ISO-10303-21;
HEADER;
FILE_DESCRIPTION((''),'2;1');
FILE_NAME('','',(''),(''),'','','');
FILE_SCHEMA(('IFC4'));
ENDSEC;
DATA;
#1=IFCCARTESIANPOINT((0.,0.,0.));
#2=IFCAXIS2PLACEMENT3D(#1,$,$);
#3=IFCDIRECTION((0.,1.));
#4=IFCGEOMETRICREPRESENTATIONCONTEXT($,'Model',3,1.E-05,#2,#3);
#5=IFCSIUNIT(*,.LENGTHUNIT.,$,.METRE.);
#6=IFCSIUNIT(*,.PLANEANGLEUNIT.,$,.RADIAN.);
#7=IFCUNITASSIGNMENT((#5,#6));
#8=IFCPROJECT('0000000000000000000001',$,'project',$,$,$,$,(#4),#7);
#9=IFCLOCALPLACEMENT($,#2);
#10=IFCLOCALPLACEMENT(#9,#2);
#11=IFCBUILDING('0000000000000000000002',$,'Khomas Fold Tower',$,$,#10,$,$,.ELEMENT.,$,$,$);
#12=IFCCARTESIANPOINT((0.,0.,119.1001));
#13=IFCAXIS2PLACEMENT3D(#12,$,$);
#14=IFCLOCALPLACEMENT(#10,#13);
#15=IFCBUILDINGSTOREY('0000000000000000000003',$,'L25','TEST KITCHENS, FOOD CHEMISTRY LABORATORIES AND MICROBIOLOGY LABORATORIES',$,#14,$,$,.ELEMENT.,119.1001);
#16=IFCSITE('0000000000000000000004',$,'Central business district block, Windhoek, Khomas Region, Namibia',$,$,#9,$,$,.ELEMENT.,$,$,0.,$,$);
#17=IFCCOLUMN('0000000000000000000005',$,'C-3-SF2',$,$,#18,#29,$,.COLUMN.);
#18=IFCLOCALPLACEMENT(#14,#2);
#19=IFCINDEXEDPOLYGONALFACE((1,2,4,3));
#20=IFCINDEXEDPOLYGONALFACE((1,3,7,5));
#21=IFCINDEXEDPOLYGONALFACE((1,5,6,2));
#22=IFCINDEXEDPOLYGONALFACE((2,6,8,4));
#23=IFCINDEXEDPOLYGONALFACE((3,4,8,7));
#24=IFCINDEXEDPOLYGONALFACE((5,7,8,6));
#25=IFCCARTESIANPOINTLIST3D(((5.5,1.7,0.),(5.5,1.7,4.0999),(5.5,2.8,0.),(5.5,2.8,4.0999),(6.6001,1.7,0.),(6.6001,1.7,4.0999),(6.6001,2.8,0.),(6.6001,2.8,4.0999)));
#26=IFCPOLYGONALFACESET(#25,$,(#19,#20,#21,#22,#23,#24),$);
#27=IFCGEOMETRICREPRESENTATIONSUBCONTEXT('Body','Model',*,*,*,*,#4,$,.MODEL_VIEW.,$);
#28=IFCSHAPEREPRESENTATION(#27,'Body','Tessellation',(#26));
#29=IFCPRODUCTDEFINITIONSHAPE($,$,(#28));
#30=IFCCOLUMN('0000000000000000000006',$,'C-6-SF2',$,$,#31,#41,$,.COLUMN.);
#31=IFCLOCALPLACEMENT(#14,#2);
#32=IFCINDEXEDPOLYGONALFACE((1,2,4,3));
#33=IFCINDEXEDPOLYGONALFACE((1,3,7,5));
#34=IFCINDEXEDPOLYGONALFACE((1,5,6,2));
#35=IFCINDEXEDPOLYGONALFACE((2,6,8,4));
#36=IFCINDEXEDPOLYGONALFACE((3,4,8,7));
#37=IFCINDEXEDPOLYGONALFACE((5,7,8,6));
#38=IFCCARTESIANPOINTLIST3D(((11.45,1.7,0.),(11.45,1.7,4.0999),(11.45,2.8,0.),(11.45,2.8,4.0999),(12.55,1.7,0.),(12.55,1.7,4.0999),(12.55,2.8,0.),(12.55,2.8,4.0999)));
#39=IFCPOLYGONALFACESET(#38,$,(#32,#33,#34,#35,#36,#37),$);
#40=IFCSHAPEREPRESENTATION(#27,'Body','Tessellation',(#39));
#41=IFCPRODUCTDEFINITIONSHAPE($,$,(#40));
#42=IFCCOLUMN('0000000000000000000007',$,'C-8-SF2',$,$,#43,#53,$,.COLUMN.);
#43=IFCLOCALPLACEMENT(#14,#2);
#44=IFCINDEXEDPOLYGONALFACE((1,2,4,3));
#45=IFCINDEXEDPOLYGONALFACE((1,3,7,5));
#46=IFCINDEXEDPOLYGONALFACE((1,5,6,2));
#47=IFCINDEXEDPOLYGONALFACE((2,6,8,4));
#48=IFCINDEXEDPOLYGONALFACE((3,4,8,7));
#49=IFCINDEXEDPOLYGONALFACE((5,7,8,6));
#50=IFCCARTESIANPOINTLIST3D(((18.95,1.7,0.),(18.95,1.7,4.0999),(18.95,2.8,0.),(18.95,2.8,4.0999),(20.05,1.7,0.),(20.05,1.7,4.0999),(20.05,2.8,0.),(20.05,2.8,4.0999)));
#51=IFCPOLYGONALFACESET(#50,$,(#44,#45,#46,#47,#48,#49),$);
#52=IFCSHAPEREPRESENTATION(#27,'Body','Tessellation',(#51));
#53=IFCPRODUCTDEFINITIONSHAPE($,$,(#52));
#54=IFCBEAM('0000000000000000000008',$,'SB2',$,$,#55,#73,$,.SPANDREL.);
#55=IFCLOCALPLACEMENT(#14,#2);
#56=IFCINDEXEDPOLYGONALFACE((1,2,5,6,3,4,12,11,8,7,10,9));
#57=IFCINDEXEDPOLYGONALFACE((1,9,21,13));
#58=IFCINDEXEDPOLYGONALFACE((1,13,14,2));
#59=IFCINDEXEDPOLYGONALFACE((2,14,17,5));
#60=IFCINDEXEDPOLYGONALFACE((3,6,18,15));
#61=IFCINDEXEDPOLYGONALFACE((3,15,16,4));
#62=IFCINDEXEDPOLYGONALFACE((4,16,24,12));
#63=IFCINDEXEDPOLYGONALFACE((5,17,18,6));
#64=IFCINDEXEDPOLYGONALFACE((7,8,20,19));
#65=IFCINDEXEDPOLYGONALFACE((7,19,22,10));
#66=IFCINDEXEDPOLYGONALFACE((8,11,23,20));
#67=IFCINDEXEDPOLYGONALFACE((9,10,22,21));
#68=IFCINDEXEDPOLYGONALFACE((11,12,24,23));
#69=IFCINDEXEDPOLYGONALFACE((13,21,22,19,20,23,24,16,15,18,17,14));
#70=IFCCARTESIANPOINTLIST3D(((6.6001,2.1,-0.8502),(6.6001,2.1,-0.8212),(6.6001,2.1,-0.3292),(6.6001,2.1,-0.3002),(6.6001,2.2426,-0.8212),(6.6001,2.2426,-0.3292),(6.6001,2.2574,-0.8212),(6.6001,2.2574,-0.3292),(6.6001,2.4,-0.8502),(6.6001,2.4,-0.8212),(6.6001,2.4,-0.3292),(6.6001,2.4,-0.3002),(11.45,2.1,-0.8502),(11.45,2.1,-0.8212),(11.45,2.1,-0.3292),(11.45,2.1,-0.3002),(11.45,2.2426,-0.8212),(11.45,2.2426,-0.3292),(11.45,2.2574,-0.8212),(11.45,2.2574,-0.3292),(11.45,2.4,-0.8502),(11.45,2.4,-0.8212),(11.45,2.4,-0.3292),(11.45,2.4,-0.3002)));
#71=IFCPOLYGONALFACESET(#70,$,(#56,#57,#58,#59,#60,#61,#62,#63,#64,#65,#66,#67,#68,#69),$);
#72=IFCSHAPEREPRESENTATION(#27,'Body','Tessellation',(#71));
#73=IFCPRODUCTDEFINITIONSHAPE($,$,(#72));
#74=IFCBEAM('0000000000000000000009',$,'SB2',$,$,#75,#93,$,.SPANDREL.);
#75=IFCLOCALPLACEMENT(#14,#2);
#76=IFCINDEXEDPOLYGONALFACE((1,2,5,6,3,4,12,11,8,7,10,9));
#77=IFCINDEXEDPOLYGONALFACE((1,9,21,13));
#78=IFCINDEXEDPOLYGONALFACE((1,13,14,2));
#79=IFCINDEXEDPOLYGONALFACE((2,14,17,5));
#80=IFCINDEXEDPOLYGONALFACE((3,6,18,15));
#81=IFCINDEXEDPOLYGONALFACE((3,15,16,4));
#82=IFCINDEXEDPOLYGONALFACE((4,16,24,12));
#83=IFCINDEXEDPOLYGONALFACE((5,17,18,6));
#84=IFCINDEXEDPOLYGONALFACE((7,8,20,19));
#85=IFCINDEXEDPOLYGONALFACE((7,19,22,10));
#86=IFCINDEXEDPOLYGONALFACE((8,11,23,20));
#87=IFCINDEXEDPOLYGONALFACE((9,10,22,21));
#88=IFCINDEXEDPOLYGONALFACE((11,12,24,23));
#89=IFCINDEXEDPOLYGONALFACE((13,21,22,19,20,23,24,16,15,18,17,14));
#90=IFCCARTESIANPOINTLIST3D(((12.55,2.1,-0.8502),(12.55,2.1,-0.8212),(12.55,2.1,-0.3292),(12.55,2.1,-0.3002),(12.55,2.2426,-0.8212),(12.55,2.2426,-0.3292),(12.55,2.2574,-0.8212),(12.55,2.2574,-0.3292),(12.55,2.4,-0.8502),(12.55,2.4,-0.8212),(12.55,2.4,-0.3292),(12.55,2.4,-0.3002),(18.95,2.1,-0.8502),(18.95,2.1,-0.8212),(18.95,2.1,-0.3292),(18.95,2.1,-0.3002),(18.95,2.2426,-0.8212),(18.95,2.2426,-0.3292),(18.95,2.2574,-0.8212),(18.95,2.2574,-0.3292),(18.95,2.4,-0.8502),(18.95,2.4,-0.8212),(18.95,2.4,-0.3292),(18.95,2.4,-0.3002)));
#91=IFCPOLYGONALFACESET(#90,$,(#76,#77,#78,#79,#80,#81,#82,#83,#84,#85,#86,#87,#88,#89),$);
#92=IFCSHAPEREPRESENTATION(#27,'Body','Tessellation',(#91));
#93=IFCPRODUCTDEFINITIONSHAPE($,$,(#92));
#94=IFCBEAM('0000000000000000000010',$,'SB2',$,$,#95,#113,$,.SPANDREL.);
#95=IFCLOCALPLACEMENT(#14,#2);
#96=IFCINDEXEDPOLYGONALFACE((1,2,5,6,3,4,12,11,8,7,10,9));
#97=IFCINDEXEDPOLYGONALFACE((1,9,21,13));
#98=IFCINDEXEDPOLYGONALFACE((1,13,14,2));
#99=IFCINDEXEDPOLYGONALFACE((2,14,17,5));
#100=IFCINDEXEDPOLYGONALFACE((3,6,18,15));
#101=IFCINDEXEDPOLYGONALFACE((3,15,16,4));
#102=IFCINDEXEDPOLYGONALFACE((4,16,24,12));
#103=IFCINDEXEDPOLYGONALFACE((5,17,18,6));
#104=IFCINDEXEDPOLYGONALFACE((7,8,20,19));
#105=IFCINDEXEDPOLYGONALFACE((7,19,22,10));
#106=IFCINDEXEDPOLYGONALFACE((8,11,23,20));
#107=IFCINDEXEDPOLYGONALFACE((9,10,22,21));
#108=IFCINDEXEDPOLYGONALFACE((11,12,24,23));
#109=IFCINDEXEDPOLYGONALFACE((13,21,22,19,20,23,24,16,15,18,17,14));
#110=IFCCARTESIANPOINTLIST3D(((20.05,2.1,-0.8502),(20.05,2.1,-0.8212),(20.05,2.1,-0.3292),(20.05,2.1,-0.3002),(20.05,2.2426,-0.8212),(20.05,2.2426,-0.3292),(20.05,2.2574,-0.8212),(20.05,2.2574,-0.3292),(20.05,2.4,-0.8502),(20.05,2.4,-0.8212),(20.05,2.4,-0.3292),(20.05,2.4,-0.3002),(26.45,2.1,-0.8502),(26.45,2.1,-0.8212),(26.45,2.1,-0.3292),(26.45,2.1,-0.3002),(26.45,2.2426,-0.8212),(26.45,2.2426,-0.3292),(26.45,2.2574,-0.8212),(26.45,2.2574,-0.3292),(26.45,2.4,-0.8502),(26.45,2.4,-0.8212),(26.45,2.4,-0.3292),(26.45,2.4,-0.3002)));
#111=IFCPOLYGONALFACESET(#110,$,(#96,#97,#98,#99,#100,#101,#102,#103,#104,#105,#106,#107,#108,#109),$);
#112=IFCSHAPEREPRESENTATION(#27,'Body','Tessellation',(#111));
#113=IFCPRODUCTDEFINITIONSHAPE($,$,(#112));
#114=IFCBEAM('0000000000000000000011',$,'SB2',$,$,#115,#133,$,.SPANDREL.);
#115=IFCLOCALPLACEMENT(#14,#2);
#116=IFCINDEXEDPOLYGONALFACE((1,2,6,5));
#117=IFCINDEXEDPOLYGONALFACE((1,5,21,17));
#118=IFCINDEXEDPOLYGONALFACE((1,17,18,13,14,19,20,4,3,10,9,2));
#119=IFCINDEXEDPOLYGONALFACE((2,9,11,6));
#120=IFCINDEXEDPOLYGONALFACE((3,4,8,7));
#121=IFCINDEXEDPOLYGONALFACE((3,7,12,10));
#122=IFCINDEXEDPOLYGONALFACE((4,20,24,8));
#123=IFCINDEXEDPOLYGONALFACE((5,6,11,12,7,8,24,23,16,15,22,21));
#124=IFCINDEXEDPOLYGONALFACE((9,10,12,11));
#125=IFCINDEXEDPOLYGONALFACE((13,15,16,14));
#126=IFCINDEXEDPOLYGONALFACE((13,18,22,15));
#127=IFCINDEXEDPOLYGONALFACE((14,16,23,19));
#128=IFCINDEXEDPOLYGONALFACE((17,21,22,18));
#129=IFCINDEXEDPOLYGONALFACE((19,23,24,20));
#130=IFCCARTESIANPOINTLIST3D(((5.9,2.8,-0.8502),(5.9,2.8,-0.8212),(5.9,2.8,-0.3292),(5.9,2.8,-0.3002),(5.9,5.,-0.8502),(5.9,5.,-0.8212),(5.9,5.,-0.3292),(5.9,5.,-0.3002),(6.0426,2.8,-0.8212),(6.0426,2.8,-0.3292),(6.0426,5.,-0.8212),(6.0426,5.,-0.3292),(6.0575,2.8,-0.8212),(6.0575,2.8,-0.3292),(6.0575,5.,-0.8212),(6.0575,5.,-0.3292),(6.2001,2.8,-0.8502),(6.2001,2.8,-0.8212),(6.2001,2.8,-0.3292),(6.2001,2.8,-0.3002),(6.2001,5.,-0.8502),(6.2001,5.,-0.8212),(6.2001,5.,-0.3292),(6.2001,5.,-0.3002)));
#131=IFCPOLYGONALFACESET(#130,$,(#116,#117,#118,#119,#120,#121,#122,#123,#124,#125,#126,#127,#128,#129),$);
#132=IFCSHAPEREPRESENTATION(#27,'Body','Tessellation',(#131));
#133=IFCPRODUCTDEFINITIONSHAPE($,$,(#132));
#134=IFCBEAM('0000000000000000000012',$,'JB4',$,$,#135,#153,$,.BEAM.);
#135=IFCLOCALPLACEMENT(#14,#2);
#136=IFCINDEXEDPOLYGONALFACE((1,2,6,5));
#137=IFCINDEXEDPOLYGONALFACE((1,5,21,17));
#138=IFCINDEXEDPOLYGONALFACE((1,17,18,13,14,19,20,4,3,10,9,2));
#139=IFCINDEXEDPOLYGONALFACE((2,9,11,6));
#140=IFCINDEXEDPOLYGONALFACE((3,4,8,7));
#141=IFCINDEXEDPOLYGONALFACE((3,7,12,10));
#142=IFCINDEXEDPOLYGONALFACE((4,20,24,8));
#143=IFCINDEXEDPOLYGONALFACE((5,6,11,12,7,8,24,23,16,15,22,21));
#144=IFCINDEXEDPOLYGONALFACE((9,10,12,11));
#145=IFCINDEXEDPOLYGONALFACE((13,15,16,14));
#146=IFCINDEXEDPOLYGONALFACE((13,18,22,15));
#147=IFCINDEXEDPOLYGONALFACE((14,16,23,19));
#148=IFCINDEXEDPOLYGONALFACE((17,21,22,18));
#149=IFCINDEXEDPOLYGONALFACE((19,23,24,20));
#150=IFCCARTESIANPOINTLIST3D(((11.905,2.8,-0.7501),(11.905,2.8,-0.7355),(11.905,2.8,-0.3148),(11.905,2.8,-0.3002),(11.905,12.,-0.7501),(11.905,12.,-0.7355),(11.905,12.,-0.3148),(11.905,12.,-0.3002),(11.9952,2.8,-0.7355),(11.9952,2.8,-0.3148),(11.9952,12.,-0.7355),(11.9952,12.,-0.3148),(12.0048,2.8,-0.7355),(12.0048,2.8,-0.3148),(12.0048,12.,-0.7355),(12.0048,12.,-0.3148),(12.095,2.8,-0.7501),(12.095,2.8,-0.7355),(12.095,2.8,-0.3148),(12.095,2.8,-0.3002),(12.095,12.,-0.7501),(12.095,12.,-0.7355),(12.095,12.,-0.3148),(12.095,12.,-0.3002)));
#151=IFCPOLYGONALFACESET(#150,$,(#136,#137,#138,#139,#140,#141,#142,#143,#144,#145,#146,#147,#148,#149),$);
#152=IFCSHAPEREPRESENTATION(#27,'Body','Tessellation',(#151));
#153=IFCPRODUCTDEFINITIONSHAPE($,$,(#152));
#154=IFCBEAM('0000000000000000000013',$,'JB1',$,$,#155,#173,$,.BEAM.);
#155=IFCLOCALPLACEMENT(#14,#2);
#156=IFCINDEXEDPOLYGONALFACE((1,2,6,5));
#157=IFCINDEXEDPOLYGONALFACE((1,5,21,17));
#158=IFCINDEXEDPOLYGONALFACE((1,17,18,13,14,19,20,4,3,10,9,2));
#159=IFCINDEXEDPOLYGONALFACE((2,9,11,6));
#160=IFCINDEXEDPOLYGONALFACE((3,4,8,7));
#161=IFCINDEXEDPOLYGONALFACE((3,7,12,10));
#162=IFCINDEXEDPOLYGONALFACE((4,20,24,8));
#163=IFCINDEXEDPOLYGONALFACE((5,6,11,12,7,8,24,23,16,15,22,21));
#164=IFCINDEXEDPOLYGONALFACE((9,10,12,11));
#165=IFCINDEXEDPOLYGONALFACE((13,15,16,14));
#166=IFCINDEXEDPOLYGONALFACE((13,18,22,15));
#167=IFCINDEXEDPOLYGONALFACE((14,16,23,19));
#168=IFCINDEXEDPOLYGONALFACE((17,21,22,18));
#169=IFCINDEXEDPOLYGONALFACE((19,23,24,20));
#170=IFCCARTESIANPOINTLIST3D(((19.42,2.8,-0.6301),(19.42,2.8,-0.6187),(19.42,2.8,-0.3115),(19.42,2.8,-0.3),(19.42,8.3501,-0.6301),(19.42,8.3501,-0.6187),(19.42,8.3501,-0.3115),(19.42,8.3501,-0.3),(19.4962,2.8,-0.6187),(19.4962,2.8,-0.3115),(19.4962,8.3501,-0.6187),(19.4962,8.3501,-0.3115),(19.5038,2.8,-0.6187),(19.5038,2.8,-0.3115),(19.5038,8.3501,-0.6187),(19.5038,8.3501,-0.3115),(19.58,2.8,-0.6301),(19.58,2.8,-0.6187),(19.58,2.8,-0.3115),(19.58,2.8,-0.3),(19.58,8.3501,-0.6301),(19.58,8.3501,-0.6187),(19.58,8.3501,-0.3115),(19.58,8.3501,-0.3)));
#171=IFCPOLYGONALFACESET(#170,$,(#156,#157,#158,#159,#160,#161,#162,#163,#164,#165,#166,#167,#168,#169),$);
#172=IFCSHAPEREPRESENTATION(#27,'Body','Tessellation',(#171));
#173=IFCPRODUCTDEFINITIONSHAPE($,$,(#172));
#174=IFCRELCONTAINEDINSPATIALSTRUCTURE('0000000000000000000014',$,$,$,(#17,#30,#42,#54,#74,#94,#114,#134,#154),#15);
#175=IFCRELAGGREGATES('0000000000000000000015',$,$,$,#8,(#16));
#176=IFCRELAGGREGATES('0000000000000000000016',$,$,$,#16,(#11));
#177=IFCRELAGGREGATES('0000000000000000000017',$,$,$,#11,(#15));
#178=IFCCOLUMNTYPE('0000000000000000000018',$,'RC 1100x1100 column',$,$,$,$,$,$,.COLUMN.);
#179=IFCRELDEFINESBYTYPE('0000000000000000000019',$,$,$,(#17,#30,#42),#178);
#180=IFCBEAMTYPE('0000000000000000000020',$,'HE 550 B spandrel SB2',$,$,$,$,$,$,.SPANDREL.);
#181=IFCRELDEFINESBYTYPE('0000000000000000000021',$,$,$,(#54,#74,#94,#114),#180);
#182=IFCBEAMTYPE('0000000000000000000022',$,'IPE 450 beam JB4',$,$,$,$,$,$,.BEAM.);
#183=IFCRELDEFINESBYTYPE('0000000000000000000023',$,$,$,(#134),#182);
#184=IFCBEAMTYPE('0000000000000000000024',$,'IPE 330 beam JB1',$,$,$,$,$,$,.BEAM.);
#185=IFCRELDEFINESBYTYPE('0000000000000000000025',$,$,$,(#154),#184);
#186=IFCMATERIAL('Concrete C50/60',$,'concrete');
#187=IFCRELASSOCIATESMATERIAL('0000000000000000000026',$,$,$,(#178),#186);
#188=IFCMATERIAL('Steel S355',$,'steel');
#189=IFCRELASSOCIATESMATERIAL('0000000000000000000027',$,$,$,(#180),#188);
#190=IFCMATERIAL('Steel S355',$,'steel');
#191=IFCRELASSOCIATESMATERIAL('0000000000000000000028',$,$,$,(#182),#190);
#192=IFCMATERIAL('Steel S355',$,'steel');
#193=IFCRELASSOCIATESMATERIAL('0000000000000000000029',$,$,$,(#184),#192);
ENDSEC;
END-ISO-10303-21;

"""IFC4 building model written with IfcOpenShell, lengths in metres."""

from ifc_helpers import new_model, si_unit, direction, frame, origin, origin_2d, place, context, subcontext, project, spatial, rectangle, i_section, extrude, source, transform, mapped, material, material_profile, profile_set, type_object, element, save


model = new_model("IFC4")

# Units and contexts
model_context = context("Model", 3, precision=1e-05, world=origin(), true_north=direction((0.0, 1.0)))
body_context = subcontext(model_context, "Body", "Model", "MODEL_VIEW")
ifc_project = project(units=[si_unit("LENGTHUNIT", "METRE"), si_unit("PLANEANGLEUNIT", "RADIAN")], contexts=[model_context])

# Site, building, storey
site_placement = place(None, origin())
site = spatial("IfcSite", under=ifc_project, at=site_placement, Name="Central business district block, Windhoek, Khomas Region, Namibia", CompositionType="ELEMENT", RefElevation=0.0)
building_placement = place(site_placement, origin())
building = spatial("IfcBuilding", under=site, at=building_placement, Name="Khomas Fold Tower", CompositionType="ELEMENT")
storey_placement = place(building_placement, frame((0.0, 0.0, 119.1001)))
storey = spatial("IfcBuildingStorey", under=building, at=storey_placement, Name="L25", Description="TEST KITCHENS, FOOD CHEMISTRY LABORATORIES AND MICROBIOLOGY LABORATORIES", CompositionType="ELEMENT", Elevation=119.1001)

# Columns
ifc_material_1 = material(Name="Concrete C50/60", Category="concrete")
ifc_material_profile_1 = material_profile(ifc_material_1, rectangle(XDim=1.1001, YDim=1.1001, at=origin_2d()), Name="RC 1100x1100")
ifc_profile_set_1 = profile_set([ifc_material_profile_1], Name="Concrete C50/60")
column_type = type_object("IfcColumnType", Name="RC 1100x1100 column", PredefinedType="COLUMN", material=ifc_profile_set_1)
shared_shape_1 = source(origin(), body_context, "Body", "SweptSolid", [
    extrude(rectangle(XDim=1.1001, YDim=1.1001, at=origin_2d()), origin(), (0.0, 0.0, 1.0), 4.0999),
])
for number, where, z_axis, x_axis, name in (
    (1, (6.05, 2.25, 0.0), (0.0, 0.0, 1.0), (1.0, 0.0, 0.0), "C-3-SF2"),
    (2, (12.0, 2.25, 0.0), (0.0, 0.0, 1.0), (1.0, 0.0, 0.0), "C-6-SF2"),
    (3, (19.5, 2.25, 0.0), (0.0, 0.0, 1.0), (1.0, 0.0, 0.0), "C-8-SF2"),
):
    element("IfcColumn", number, at=place(storey_placement, frame(where, z_axis=z_axis, x_axis=x_axis)), inside=storey, type_object=column_type, Name=name, PredefinedType="COLUMN", context=body_context, shape_type="MappedRepresentation", body=[
        mapped(shared_shape_1, transform((0.0, 0.0, 0.0))),
    ])

# Beams
ifc_material_2 = material(Name="Steel S355", Category="steel")
ifc_material_profile_2 = material_profile(ifc_material_2, i_section(OverallWidth=0.3, OverallDepth=0.55, WebThickness=0.0149, FlangeThickness=0.0291, at=origin_2d()), Name="HE 550 B")
ifc_profile_set_2 = profile_set([ifc_material_profile_2], Name="Steel S355")
beam_type_1 = type_object("IfcBeamType", Name="HE 550 B spandrel SB2", PredefinedType="SPANDREL", material=ifc_profile_set_2)
shared_shape_2 = source(origin(), body_context, "Body", "SweptSolid", [
    extrude(i_section(OverallWidth=0.3, OverallDepth=0.55, WebThickness=0.0149, FlangeThickness=0.0291, at=origin_2d()), origin(), (0.0, 0.0, 1.0), 4.8499),
])
beam_1_placement = place(storey_placement, frame((6.6001, 2.25, -0.5752), z_axis=(1.0, 0.0, 0.0), x_axis=(0.0, 1.0, 0.0)))
element("IfcBeam", 4, at=beam_1_placement, inside=storey, type_object=beam_type_1, Name="SB2", PredefinedType="SPANDREL", context=body_context, shape_type="MappedRepresentation", body=[
    mapped(shared_shape_2, transform((0.0, 0.0, 0.0))),
])
shared_shape_3 = source(origin(), body_context, "Body", "SweptSolid", [
    extrude(i_section(OverallWidth=0.3, OverallDepth=0.55, WebThickness=0.0149, FlangeThickness=0.0291, at=origin_2d()), origin(), (0.0, 0.0, 1.0), 6.3999),
])
for number, where, z_axis, x_axis, name in (
    (5, (12.55, 2.25, -0.5752), (1.0, 0.0, 0.0), (0.0, 1.0, 0.0), "SB2"),
    (6, (20.05, 2.25, -0.5752), (1.0, 0.0, 0.0), (0.0, 1.0, 0.0), "SB2"),
):
    element("IfcBeam", number, at=place(storey_placement, frame(where, z_axis=z_axis, x_axis=x_axis)), inside=storey, type_object=beam_type_1, Name=name, PredefinedType="SPANDREL", context=body_context, shape_type="MappedRepresentation", body=[
        mapped(shared_shape_3, transform((0.0, 0.0, 0.0))),
    ])
shared_shape_4 = source(origin(), body_context, "Body", "SweptSolid", [
    extrude(i_section(OverallWidth=0.3, OverallDepth=0.55, WebThickness=0.0149, FlangeThickness=0.0291, at=origin_2d()), origin(), (0.0, 0.0, 1.0), 2.2),
])
beam_2_placement = place(storey_placement, frame((6.05, 2.8, -0.5752), z_axis=(0.0, 1.0, 0.0), x_axis=(-1.0, 0.0, 0.0)))
element("IfcBeam", 7, at=beam_2_placement, inside=storey, type_object=beam_type_1, Name="SB2", PredefinedType="SPANDREL", context=body_context, shape_type="MappedRepresentation", body=[
    mapped(shared_shape_4, transform((0.0, 0.0, 0.0))),
])
ifc_material_3 = material(Name="Steel S355", Category="steel")
ifc_material_profile_3 = material_profile(ifc_material_3, i_section(OverallWidth=0.1899, OverallDepth=0.45, WebThickness=0.0095, FlangeThickness=0.0146, at=origin_2d()), Name="IPE 450")
ifc_profile_set_3 = profile_set([ifc_material_profile_3], Name="Steel S355")
beam_type_2 = type_object("IfcBeamType", Name="IPE 450 beam JB4", PredefinedType="BEAM", material=ifc_profile_set_3)
shared_shape_5 = source(origin(), body_context, "Body", "SweptSolid", [
    extrude(i_section(OverallWidth=0.1899, OverallDepth=0.45, WebThickness=0.0095, FlangeThickness=0.0146, at=origin_2d()), origin(), (0.0, 0.0, 1.0), 9.2),
])
beam_3_placement = place(storey_placement, frame((12.0, 2.8, -0.5251), z_axis=(0.0, 1.0, 0.0), x_axis=(-1.0, 0.0, 0.0)))
element("IfcBeam", 8, at=beam_3_placement, inside=storey, type_object=beam_type_2, Name="JB4", PredefinedType="BEAM", context=body_context, shape_type="MappedRepresentation", body=[
    mapped(shared_shape_5, transform((0.0, 0.0, 0.0))),
])
ifc_material_4 = material(Name="Steel S355", Category="steel")
ifc_material_profile_4 = material_profile(ifc_material_4, i_section(OverallWidth=0.1599, OverallDepth=0.3301, WebThickness=0.0076, FlangeThickness=0.0115, at=origin_2d()), Name="IPE 330")
ifc_profile_set_4 = profile_set([ifc_material_profile_4], Name="Steel S355")
beam_type_3 = type_object("IfcBeamType", Name="IPE 330 beam JB1", PredefinedType="BEAM", material=ifc_profile_set_4)
shared_shape_6 = source(origin(), body_context, "Body", "SweptSolid", [
    extrude(i_section(OverallWidth=0.1599, OverallDepth=0.3301, WebThickness=0.0076, FlangeThickness=0.0115, at=origin_2d()), origin(), (0.0, 0.0, 1.0), 5.55),
])
beam_4_placement = place(storey_placement, frame((19.5, 2.8, -0.4651), z_axis=(0.0, 1.0, 0.0), x_axis=(-1.0, 0.0, 0.0)))
element("IfcBeam", 9, at=beam_4_placement, inside=storey, type_object=beam_type_3, Name="JB1", PredefinedType="BEAM", context=body_context, shape_type="MappedRepresentation", body=[
    mapped(shared_shape_6, transform((0.0, 0.0, 0.0))),
])

save(model, "model.ifc")
